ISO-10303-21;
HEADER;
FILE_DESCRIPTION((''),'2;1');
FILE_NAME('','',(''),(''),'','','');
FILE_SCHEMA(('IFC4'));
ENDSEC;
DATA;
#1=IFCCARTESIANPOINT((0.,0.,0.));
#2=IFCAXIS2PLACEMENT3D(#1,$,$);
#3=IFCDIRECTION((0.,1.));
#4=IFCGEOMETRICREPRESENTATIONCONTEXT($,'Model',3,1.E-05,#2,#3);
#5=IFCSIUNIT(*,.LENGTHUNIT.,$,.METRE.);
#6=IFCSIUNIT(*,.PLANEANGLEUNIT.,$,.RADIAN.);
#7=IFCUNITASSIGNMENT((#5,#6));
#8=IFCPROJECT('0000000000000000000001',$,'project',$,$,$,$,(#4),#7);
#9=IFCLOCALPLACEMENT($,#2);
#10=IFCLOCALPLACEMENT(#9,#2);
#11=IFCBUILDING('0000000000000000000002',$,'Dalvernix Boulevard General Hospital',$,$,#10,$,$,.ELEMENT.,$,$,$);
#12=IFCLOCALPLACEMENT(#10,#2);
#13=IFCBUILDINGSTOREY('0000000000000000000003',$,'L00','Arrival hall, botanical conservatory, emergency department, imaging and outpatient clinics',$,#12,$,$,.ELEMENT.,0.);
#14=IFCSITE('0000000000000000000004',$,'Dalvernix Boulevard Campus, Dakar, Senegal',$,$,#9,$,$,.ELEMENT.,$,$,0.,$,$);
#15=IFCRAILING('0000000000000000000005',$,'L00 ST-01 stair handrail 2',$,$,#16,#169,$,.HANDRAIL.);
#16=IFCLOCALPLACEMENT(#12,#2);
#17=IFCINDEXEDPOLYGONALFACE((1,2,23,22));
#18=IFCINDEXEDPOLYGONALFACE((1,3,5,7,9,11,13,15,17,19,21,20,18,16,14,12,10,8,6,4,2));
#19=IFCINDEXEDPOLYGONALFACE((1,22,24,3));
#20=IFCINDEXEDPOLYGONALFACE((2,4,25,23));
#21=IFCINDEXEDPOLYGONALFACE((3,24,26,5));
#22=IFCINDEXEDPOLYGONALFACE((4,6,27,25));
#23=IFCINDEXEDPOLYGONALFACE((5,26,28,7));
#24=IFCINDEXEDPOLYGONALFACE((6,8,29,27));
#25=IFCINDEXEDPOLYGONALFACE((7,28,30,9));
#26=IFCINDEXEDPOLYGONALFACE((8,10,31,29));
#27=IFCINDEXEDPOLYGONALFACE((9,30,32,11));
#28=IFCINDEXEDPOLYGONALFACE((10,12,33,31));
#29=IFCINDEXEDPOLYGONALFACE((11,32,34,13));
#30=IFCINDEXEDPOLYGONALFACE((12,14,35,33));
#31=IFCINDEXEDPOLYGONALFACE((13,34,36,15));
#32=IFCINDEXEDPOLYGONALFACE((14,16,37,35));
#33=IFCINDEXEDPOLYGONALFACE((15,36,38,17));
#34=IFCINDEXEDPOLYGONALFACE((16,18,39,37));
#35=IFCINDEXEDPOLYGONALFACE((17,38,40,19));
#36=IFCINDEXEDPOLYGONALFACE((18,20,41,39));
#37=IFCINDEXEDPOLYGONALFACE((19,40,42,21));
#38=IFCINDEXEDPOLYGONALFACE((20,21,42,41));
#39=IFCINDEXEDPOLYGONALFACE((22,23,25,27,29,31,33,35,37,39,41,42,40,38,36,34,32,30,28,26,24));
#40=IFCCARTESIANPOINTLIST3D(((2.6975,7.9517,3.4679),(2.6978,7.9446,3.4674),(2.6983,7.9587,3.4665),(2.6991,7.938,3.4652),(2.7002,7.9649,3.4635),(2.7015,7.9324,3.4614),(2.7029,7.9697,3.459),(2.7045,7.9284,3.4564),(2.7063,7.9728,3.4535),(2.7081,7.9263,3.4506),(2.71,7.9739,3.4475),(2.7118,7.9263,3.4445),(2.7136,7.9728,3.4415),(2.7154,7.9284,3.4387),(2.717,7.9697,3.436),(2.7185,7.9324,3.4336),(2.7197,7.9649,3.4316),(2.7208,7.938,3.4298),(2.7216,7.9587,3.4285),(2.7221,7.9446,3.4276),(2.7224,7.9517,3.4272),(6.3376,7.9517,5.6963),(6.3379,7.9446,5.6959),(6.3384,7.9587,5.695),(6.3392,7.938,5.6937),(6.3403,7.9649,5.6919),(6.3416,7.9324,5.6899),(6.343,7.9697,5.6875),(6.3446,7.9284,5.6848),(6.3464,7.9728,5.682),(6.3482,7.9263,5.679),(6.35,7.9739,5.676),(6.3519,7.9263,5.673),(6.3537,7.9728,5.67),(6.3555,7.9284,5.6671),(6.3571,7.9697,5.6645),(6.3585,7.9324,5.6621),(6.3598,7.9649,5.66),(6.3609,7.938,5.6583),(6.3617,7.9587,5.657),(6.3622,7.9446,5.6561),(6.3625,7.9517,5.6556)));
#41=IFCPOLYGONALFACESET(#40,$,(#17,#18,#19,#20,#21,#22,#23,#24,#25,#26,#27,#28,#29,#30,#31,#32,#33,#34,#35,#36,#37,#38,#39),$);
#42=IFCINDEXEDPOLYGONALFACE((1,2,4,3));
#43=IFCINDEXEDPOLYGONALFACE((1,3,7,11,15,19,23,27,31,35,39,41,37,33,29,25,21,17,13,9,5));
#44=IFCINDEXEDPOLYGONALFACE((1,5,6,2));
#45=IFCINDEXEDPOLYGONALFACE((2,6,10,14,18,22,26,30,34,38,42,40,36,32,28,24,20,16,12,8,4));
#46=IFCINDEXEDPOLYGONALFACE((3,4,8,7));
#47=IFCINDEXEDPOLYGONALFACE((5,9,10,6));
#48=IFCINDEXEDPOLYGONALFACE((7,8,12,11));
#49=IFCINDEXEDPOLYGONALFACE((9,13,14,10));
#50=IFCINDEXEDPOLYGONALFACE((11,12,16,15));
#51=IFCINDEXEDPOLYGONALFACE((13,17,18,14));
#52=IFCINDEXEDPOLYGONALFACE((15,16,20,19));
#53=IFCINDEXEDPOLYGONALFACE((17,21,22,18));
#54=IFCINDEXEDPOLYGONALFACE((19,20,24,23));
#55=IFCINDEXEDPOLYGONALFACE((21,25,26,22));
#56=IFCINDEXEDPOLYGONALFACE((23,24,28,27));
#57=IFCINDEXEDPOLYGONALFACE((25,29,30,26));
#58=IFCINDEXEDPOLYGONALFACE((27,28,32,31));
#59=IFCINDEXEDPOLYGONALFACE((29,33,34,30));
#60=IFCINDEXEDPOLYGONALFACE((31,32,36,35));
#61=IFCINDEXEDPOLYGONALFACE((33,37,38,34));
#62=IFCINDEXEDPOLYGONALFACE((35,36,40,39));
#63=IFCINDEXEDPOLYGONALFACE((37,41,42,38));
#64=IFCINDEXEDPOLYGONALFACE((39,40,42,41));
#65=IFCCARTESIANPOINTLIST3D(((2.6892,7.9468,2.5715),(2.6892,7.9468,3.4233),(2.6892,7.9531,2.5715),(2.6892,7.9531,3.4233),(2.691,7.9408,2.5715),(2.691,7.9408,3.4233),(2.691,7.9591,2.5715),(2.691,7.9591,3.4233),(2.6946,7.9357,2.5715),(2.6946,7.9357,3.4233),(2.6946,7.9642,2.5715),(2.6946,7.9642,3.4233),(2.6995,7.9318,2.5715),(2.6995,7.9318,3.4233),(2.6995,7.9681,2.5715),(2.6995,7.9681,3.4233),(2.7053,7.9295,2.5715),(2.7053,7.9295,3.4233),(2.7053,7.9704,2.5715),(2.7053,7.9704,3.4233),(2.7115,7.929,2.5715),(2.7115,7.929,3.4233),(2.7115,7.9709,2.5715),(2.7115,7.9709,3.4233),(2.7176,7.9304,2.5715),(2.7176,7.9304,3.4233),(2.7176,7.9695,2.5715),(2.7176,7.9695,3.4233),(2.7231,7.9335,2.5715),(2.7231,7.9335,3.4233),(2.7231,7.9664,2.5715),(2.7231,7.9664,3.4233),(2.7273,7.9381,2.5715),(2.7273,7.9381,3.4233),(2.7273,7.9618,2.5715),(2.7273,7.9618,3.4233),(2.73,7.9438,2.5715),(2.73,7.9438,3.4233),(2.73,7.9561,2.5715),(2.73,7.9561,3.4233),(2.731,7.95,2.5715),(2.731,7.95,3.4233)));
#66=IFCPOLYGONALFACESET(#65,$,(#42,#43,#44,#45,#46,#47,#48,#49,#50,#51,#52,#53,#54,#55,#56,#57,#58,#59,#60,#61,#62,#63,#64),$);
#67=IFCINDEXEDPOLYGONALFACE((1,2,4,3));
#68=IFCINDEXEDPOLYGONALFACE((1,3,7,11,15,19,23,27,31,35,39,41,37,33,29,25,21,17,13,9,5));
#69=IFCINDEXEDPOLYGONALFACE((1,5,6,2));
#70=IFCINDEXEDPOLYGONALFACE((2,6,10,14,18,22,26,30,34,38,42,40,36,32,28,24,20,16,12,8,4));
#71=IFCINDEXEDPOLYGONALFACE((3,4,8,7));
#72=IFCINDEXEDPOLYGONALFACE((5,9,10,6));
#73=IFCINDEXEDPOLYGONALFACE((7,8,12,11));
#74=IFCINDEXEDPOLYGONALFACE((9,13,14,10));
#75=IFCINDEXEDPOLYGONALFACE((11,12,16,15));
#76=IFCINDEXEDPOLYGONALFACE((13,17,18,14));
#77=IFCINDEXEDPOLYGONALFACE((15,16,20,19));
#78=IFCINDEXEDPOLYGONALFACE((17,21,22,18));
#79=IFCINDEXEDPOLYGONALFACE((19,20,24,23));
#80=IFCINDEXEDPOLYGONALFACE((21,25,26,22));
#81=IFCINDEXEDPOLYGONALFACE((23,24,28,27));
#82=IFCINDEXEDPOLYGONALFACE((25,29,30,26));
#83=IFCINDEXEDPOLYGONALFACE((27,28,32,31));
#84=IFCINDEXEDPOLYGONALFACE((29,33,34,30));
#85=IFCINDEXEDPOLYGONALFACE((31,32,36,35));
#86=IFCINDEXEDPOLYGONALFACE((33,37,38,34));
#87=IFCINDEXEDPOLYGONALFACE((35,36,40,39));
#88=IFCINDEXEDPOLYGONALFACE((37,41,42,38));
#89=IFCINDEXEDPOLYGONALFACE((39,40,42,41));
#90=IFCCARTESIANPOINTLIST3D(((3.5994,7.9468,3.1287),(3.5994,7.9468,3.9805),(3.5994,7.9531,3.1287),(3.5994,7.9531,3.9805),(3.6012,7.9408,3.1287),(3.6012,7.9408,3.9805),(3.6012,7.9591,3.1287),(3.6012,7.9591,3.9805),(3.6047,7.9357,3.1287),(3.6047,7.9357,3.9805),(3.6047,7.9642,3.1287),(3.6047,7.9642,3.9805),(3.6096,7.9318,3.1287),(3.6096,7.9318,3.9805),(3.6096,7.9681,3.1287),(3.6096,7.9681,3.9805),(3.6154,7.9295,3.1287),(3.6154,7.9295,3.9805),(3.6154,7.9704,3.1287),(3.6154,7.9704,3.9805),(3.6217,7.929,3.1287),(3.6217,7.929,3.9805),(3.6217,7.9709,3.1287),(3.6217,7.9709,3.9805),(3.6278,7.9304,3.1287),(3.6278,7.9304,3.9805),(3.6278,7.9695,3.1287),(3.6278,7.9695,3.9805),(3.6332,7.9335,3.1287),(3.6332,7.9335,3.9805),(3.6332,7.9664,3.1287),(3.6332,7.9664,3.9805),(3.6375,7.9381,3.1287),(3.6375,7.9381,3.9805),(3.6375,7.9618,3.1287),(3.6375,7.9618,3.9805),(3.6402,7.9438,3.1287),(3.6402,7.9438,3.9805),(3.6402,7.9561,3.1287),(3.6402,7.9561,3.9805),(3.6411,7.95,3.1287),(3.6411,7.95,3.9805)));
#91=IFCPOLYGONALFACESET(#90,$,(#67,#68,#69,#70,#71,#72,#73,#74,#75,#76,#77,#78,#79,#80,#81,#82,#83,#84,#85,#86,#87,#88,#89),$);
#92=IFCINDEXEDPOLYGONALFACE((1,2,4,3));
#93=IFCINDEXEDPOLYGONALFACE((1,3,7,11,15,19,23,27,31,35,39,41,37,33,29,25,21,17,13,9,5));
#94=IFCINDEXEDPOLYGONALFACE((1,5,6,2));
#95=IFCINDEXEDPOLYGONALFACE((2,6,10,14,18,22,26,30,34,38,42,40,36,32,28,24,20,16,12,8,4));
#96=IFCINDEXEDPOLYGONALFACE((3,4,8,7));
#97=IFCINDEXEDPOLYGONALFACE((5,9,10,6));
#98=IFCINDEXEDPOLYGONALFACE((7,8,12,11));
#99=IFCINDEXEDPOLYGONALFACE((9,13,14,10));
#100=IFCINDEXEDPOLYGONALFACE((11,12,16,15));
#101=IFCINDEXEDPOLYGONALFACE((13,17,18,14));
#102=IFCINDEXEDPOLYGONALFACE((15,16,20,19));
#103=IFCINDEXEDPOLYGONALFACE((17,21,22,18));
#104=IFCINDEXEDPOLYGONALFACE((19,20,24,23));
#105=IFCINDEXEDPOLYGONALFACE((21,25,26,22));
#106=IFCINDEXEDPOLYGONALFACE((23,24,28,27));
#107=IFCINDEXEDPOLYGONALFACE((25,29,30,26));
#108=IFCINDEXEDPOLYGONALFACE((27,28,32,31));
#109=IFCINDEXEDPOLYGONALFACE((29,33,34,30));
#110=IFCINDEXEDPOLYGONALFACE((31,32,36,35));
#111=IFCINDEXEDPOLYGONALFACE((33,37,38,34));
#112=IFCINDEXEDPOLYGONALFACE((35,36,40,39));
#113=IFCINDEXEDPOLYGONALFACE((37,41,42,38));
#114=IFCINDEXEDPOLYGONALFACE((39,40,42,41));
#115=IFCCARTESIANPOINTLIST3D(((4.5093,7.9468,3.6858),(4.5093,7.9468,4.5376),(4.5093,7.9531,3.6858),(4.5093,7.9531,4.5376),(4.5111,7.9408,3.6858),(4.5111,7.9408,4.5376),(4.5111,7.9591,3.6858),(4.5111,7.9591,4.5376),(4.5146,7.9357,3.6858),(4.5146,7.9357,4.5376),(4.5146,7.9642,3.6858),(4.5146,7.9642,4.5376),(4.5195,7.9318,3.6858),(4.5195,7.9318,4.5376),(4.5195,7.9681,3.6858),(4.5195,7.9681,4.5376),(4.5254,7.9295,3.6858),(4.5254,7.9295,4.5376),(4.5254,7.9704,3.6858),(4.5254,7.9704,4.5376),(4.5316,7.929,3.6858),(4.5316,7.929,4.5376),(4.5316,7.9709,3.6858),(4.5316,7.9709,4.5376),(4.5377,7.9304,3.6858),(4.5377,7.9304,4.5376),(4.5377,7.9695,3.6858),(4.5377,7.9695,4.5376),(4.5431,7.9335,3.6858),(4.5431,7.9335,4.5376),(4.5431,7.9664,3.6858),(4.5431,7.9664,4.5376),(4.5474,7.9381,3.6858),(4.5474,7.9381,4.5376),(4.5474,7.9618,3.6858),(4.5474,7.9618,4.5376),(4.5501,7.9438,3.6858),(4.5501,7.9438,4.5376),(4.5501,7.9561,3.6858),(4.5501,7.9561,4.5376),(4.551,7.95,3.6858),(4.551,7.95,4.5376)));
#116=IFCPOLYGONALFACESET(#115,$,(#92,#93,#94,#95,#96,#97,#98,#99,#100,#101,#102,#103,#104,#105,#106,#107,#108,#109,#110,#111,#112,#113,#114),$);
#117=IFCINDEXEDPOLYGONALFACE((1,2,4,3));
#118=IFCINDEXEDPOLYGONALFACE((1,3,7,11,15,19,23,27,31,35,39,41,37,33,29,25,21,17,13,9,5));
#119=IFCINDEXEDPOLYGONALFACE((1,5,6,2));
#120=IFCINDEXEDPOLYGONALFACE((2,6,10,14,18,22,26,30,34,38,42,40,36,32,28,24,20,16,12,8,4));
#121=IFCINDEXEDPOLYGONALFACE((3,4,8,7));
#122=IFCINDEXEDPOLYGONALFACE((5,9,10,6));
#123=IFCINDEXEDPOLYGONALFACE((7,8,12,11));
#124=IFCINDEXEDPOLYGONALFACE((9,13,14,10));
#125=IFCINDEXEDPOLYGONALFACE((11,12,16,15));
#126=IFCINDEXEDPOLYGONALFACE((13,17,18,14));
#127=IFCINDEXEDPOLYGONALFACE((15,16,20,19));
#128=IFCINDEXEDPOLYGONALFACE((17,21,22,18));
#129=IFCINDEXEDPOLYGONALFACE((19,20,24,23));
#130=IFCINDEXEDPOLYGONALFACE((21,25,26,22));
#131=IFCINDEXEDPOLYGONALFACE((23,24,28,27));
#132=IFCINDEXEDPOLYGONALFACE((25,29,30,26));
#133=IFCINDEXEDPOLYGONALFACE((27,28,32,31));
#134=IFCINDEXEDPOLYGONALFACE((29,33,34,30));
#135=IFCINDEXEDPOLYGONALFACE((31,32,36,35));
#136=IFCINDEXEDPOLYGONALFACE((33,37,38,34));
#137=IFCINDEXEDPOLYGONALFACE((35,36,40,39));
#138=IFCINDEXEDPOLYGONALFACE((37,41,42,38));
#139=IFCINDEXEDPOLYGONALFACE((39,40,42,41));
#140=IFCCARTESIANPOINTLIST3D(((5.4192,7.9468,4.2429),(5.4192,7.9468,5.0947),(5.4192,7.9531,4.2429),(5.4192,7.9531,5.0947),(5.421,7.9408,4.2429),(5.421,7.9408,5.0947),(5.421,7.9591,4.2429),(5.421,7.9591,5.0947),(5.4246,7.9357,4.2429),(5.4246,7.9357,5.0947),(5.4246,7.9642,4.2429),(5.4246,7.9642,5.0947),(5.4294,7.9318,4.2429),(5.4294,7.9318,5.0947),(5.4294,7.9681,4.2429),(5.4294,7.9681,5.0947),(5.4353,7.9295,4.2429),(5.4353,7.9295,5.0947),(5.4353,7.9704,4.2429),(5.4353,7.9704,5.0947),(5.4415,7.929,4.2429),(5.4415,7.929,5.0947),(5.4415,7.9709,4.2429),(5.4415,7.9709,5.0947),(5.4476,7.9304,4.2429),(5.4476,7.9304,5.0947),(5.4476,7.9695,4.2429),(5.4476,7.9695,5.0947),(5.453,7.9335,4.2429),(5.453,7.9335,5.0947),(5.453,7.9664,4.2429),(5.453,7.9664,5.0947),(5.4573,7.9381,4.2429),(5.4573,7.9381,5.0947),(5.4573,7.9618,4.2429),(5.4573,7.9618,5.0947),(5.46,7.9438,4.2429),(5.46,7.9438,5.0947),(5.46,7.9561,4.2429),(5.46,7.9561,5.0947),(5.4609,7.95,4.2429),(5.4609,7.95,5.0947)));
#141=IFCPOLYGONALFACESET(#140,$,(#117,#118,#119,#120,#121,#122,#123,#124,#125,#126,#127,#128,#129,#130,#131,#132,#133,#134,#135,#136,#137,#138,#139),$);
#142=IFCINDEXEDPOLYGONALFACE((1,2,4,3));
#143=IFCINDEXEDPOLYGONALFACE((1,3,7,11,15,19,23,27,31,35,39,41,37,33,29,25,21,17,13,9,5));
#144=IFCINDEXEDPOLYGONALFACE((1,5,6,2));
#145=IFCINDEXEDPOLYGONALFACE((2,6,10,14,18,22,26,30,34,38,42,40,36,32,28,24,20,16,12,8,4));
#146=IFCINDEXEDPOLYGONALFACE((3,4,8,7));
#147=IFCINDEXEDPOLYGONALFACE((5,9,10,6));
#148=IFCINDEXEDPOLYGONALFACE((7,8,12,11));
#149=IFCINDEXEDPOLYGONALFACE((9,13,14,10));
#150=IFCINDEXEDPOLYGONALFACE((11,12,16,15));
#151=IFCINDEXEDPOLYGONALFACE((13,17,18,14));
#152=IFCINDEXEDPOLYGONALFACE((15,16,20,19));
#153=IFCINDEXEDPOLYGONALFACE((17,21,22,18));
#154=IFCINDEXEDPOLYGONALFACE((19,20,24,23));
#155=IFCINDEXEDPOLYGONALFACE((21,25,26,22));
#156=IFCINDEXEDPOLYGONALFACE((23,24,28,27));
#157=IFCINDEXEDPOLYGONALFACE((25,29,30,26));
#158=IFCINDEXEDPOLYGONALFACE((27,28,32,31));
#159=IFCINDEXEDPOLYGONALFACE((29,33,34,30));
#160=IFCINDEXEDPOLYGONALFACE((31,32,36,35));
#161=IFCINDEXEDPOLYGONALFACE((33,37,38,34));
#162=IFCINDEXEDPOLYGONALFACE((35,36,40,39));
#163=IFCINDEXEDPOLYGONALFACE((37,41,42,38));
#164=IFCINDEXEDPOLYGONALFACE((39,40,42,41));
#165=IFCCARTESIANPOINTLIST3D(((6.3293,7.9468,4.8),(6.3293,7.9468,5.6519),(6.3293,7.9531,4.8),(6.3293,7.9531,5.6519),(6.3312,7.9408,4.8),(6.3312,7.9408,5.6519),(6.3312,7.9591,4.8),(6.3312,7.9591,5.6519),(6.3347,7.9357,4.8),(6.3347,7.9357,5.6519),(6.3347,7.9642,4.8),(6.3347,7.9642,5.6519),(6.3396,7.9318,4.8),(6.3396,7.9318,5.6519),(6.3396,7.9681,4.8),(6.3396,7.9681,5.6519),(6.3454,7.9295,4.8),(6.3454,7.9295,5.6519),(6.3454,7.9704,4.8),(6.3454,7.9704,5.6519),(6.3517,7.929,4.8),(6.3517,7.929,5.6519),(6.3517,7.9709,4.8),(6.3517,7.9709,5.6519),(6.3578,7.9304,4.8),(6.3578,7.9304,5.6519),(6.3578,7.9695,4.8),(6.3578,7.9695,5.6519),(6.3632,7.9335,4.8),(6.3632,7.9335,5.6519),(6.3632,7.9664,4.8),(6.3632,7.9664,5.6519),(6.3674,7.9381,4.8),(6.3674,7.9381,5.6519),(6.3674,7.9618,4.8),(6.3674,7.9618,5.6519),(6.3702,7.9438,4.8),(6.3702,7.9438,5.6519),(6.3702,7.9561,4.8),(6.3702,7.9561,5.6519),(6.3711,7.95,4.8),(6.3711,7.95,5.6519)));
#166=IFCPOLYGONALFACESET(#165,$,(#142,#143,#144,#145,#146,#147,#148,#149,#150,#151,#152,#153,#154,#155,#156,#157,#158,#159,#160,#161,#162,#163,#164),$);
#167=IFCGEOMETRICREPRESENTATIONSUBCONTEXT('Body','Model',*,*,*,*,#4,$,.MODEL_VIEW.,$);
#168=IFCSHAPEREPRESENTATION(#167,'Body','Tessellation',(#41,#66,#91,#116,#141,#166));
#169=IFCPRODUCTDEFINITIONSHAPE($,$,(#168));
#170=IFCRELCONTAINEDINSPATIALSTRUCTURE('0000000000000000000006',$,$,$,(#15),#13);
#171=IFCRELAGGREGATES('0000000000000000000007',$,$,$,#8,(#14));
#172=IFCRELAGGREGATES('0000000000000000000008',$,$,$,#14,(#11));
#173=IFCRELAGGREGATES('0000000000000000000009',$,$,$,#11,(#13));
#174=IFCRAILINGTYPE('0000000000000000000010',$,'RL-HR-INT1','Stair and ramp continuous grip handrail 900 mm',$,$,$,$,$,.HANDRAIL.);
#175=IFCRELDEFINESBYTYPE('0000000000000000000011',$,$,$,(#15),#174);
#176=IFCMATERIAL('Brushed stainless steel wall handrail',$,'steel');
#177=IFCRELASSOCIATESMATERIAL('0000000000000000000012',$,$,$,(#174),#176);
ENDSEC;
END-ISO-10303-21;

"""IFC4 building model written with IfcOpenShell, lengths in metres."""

from ifc_helpers import new_model, si_unit, direction, frame, origin, origin_2d, place, context, subcontext, project, spatial, circle, extrude, material, type_object, element, save


model = new_model("IFC4")

# Units and contexts
model_context = context("Model", 3, precision=1e-05, world=origin(), true_north=direction((0.0, 1.0)))
body_context = subcontext(model_context, "Body", "Model", "MODEL_VIEW")
ifc_project = project(units=[si_unit("LENGTHUNIT", "METRE"), si_unit("PLANEANGLEUNIT", "RADIAN")], contexts=[model_context])

# Site, building, storey
site_placement = place(None, origin())
site = spatial("IfcSite", under=ifc_project, at=site_placement, Name="Dalvernix Boulevard Campus, Dakar, Senegal", CompositionType="ELEMENT", RefElevation=0.0)
building_placement = place(site_placement, origin())
building = spatial("IfcBuilding", under=site, at=building_placement, Name="Dalvernix Boulevard General Hospital", CompositionType="ELEMENT")
storey_placement = place(building_placement, origin())
storey = spatial("IfcBuildingStorey", under=building, at=storey_placement, Name="L00", Description="Arrival hall, botanical conservatory, emergency department, imaging and outpatient clinics", CompositionType="ELEMENT", Elevation=0.0)

# Railing
ifc_material_1 = material(Name="Brushed stainless steel wall handrail", Category="steel")
railing_type = type_object("IfcRailingType", Name="RL-HR-INT1", Description="Stair and ramp continuous grip handrail 900 mm", PredefinedType="HANDRAIL", material=ifc_material_1)
railing_placement = place(storey_placement, frame((2.71, 7.95, 2.5715)))
element("IfcRailing", 1, at=railing_placement, inside=storey, type_object=railing_type, Name="L00 ST-01 stair handrail 2", PredefinedType="HANDRAIL", context=body_context, shape_type="SweptSolid", body=[
    extrude(circle(Radius=0.0239, at=origin_2d()), frame((0.0, 0.0, 0.876), z_axis=(0.852866, 0.0, 0.52213), x_axis=(0.0, 1.0, 0.0)), (0.0, 0.0, 1.0), 4.2681),
    extrude(circle(Radius=0.021, at=origin_2d()), origin(), (0.0, 0.0, 1.0), 0.8518),
    extrude(circle(Radius=0.021, at=origin_2d()), frame((0.9102, 0.0, 0.5571)), (0.0, 0.0, 1.0), 0.8518),
    extrude(circle(Radius=0.021, at=origin_2d()), frame((1.8201, 0.0, 1.1143)), (0.0, 0.0, 1.0), 0.8518),
    extrude(circle(Radius=0.021, at=origin_2d()), frame((2.73, 0.0, 1.6714)), (0.0, 0.0, 1.0), 0.8518),
    extrude(circle(Radius=0.021, at=origin_2d()), frame((3.6401, 0.0, 2.2285)), (0.0, 0.0, 1.0), 0.8518),
])

save(model, "model.ifc")
